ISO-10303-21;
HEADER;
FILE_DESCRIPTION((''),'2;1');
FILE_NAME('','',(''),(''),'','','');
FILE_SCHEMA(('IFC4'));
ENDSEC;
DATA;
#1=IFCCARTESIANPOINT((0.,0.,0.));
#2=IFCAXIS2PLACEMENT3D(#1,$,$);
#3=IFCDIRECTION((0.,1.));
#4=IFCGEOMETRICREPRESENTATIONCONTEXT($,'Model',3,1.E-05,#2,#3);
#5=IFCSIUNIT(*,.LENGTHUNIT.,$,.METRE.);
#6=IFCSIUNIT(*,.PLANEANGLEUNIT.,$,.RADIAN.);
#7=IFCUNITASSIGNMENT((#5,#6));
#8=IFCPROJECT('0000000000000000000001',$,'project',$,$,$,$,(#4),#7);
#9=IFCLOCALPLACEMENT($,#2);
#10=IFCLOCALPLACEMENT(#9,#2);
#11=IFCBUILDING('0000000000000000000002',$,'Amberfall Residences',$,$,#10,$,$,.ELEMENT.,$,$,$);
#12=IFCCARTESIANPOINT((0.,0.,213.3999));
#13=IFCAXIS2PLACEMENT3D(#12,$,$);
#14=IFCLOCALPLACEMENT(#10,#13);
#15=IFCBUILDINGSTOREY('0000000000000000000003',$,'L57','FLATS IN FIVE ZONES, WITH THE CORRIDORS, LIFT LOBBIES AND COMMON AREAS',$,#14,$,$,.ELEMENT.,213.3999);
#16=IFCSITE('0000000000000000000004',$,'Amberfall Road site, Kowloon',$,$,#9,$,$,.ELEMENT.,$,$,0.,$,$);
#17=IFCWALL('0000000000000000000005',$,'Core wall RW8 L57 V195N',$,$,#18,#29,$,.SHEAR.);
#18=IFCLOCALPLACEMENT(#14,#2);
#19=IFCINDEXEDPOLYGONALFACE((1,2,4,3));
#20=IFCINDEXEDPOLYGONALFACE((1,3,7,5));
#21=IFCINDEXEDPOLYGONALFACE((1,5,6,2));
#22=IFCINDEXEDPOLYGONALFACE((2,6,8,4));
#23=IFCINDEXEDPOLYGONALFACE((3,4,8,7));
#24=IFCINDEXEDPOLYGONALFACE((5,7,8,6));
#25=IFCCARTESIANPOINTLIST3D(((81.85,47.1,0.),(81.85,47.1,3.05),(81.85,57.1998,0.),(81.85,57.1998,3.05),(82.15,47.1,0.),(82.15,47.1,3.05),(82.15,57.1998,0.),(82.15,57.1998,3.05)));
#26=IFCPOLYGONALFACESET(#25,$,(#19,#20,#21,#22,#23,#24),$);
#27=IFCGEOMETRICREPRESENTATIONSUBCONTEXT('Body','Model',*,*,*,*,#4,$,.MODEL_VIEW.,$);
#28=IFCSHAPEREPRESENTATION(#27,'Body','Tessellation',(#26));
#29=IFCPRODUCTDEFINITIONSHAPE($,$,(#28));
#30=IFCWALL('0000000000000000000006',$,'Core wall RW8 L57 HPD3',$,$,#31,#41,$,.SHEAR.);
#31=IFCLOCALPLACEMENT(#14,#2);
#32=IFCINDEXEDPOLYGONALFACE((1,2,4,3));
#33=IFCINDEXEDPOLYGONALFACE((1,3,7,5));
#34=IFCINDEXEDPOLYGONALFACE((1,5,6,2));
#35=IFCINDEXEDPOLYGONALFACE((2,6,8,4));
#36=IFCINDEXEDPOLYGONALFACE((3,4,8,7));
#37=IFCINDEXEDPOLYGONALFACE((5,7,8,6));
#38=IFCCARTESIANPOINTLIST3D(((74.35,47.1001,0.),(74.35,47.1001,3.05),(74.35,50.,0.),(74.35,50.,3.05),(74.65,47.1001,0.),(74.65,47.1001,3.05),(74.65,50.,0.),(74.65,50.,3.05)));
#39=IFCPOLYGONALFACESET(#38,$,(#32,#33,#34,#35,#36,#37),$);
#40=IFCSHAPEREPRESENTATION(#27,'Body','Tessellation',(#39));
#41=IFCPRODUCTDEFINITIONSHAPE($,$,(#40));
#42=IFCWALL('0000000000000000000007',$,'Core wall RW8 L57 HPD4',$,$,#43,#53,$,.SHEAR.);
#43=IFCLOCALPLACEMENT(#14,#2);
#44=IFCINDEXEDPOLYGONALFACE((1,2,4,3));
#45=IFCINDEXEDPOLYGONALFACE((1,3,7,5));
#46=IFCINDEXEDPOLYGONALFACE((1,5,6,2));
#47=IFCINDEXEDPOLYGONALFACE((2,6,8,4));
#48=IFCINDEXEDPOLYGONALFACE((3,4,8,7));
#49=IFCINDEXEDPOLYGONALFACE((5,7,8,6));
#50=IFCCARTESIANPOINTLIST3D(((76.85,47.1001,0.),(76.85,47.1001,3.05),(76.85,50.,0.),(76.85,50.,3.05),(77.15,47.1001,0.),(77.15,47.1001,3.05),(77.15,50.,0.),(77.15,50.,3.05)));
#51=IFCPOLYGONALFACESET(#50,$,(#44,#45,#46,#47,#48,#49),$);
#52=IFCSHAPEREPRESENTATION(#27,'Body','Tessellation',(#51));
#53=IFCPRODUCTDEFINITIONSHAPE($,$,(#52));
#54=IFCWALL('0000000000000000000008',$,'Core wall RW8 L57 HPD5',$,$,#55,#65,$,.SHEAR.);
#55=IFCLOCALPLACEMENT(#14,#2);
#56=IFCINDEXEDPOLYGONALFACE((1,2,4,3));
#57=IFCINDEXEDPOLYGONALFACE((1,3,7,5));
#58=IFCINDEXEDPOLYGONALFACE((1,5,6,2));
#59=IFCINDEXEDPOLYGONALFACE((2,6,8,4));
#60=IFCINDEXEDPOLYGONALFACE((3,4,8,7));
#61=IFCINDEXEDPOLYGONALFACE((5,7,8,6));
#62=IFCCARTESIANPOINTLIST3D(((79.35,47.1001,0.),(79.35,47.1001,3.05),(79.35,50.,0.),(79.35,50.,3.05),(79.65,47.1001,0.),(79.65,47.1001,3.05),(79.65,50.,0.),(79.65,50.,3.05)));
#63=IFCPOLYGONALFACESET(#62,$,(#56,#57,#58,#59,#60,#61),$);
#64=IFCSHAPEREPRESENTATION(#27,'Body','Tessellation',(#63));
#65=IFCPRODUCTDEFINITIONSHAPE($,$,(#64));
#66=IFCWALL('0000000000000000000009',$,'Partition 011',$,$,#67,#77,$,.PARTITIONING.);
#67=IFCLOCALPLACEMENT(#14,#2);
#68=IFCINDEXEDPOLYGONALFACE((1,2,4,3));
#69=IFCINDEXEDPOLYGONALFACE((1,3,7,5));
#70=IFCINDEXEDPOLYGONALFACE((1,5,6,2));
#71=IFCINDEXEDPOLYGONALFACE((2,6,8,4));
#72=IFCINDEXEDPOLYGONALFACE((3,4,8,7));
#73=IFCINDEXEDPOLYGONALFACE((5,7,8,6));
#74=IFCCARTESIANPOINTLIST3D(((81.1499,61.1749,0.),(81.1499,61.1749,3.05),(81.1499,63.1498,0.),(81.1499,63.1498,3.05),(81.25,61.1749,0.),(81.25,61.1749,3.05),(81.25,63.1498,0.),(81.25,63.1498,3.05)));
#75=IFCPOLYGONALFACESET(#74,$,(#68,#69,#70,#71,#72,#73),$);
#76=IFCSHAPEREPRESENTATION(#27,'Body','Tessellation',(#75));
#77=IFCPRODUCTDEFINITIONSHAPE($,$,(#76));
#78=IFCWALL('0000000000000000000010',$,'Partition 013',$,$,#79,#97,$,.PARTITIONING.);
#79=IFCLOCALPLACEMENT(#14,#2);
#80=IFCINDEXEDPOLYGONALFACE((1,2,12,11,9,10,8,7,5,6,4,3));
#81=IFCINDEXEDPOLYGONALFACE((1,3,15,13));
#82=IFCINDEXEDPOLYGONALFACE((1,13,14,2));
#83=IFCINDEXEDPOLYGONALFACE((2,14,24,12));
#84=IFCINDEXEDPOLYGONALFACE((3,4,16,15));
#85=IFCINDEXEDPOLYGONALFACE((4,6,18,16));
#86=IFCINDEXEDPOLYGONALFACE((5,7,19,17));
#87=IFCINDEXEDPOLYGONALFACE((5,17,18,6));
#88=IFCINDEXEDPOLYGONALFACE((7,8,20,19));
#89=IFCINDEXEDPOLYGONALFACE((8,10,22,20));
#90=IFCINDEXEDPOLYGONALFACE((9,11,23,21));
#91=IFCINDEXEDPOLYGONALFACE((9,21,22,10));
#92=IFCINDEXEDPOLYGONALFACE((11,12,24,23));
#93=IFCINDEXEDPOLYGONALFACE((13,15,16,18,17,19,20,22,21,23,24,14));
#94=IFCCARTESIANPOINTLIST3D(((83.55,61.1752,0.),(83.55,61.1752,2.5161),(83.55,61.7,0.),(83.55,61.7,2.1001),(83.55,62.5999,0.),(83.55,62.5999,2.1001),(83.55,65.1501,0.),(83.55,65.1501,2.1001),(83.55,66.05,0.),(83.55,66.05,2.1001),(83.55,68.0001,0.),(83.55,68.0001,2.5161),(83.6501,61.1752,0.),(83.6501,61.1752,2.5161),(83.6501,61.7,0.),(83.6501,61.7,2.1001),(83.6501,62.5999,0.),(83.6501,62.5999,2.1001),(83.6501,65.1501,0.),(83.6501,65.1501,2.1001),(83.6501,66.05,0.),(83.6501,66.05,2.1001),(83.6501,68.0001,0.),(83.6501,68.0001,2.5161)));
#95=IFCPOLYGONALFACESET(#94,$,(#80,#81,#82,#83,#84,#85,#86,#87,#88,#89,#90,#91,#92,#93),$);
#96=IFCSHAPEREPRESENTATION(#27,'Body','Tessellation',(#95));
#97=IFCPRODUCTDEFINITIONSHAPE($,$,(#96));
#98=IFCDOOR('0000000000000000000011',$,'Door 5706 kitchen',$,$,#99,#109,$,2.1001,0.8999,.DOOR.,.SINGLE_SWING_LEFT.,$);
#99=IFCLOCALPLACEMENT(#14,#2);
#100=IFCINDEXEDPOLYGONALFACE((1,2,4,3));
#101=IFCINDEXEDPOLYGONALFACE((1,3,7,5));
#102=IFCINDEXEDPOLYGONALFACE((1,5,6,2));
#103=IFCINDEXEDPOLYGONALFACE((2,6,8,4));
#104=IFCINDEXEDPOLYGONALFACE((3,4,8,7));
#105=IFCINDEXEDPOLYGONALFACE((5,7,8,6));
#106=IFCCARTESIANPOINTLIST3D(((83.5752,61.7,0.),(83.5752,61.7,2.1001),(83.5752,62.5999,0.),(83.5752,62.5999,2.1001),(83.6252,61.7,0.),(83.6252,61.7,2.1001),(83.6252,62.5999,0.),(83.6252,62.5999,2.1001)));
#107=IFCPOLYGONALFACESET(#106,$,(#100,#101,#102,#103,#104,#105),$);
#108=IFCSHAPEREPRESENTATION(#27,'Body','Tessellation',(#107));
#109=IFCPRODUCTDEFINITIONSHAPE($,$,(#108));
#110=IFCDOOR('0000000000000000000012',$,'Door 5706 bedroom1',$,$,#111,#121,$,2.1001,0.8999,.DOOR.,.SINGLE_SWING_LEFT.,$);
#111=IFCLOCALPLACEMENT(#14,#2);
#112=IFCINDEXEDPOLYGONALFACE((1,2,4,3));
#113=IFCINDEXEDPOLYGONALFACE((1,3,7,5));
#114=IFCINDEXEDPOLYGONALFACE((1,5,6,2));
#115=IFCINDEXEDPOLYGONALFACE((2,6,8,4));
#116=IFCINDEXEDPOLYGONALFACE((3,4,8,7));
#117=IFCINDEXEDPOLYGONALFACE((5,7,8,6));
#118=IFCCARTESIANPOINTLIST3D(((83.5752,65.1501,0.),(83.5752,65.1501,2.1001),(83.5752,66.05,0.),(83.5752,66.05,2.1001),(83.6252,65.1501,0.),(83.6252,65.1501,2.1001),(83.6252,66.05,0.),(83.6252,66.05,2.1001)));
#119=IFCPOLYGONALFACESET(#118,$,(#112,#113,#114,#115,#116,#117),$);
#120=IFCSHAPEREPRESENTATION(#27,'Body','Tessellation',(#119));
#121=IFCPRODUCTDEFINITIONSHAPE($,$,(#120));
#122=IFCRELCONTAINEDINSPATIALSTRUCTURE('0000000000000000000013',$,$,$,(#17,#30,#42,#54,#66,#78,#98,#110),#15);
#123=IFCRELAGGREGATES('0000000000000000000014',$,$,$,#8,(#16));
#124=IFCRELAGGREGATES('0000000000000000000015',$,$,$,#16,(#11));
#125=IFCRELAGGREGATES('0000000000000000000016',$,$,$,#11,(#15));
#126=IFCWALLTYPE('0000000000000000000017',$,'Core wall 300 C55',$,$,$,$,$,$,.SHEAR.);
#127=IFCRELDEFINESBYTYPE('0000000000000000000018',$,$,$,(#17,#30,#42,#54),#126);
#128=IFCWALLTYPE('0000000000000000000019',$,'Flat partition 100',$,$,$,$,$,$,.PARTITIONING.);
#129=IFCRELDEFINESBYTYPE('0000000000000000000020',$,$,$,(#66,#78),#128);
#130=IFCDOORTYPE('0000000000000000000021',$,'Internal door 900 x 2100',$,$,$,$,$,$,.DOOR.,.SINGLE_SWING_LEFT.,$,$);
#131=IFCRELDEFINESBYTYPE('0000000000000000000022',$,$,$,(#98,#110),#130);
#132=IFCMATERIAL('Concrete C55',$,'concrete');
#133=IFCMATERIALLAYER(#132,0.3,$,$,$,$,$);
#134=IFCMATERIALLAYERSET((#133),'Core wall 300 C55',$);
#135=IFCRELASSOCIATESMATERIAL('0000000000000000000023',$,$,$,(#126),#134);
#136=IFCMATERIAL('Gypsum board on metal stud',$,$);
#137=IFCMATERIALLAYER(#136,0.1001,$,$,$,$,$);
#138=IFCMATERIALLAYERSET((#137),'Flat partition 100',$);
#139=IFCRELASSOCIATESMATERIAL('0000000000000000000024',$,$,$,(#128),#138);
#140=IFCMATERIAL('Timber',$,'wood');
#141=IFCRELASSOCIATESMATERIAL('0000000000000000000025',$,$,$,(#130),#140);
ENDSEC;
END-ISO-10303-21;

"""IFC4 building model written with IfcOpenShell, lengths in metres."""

from ifc_helpers import new_model, si_unit, direction, frame, frame_2d, origin, place, context, subcontext, project, spatial, rectangle, extrude, material, layer, layer_set, type_object, element, fill, save


model = new_model("IFC4")

# Units and contexts
model_context = context("Model", 3, precision=1e-05, world=origin(), true_north=direction((0.0, 1.0)))
body_context = subcontext(model_context, "Body", "Model", "MODEL_VIEW")
ifc_project = project(units=[si_unit("LENGTHUNIT", "METRE"), si_unit("PLANEANGLEUNIT", "RADIAN")], contexts=[model_context])

# Site, building, storey
site_placement = place(None, origin())
site = spatial("IfcSite", under=ifc_project, at=site_placement, Name="Amberfall Road site, Kowloon", CompositionType="ELEMENT", RefElevation=0.0)
building_placement = place(site_placement, origin())
building = spatial("IfcBuilding", under=site, at=building_placement, Name="Amberfall Residences", CompositionType="ELEMENT")
storey_placement = place(building_placement, frame((0.0, 0.0, 213.3999)))
storey = spatial("IfcBuildingStorey", under=building, at=storey_placement, Name="L57", Description="FLATS IN FIVE ZONES, WITH THE CORRIDORS, LIFT LOBBIES AND COMMON AREAS", CompositionType="ELEMENT", Elevation=213.3999)

# Walls
ifc_material_1 = material(Name="Concrete C55", Category="concrete")
ifc_layer_1 = layer(ifc_material_1, 0.3)
ifc_layer_set_1 = layer_set([ifc_layer_1], Name="Core wall 300 C55")
wall_type_1 = type_object("IfcWallType", Name="Core wall 300 C55", PredefinedType="SHEAR", material=ifc_layer_set_1)
wall_1_placement = place(storey_placement, frame((82.0, 47.1001, 0.0), z_axis=(0.0, 0.0, 1.0), x_axis=(0.0, 1.0, 0.0)))
element("IfcWall", 1, at=wall_1_placement, inside=storey, type_object=wall_type_1, Name="Core wall RW8 L57 V195N", PredefinedType="SHEAR", context=body_context, shape_type="SweptSolid", body=[
    extrude(rectangle(XDim=10.0999, YDim=0.3, at=frame_2d((5.0498, 0.0))), origin(), (0.0, 0.0, 1.0), 3.05),
])
for number, where, z_axis, x_axis, name in (
    (2, (74.5, 47.1001, 0.0), (0.0, 0.0, 1.0), (0.0, 1.0, 0.0), "Core wall RW8 L57 HPD3"),
    (3, (77.0, 47.1001, 0.0), (0.0, 0.0, 1.0), (0.0, 1.0, 0.0), "Core wall RW8 L57 HPD4"),
    (4, (79.5, 47.1001, 0.0), (0.0, 0.0, 1.0), (0.0, 1.0, 0.0), "Core wall RW8 L57 HPD5"),
):
    element("IfcWall", number, at=place(storey_placement, frame(where, z_axis=z_axis, x_axis=x_axis)), inside=storey, type_object=wall_type_1, Name=name, PredefinedType="SHEAR", context=body_context, shape_type="SweptSolid", body=[
        extrude(rectangle(XDim=2.8999, YDim=0.3, at=frame_2d((1.45, 0.0))), origin(), (0.0, 0.0, 1.0), 3.05),
    ])
ifc_material_2 = material(Name="Gypsum board on metal stud")
ifc_layer_2 = layer(ifc_material_2, 0.1001)
ifc_layer_set_2 = layer_set([ifc_layer_2], Name="Flat partition 100")
wall_type_2 = type_object("IfcWallType", Name="Flat partition 100", PredefinedType="PARTITIONING", material=ifc_layer_set_2)
wall_2_placement = place(storey_placement, frame((81.2, 61.175, 0.0), z_axis=(0.0, 0.0, 1.0), x_axis=(0.0, 1.0, 0.0)))
element("IfcWall", 5, at=wall_2_placement, inside=storey, type_object=wall_type_2, Name="Partition 011", PredefinedType="PARTITIONING", context=body_context, shape_type="SweptSolid", body=[
    extrude(rectangle(XDim=1.9749, YDim=0.1001, at=frame_2d((0.9873, 0.0))), origin(), (0.0, 0.0, 1.0), 3.05),
])

# Wall, openings, doors
wall_3_placement = place(storey_placement, frame((83.6001, 61.175, 0.0), z_axis=(0.0, 0.0, 1.0), x_axis=(0.0, 1.0, 0.0)))
wall_3 = element("IfcWall", 6, at=wall_3_placement, inside=storey, type_object=wall_type_2, Name="Partition 013", PredefinedType="PARTITIONING", context=body_context, shape_type="SweptSolid", body=[
    extrude(rectangle(XDim=6.825, YDim=0.1001, at=frame_2d((3.4126, 0.0))), origin(), (0.0, 0.0, 1.0), 2.5161),
])
opening_1_placement = place(wall_3_placement, frame((0.5249, 0.0, 0.0)))
opening_1 = element("IfcOpeningElement", 7, at=opening_1_placement, cuts=wall_3, PredefinedType="OPENING", context=body_context, shape_type="SweptSolid", body=[
    extrude(rectangle(XDim=0.8999, YDim=2.1001, at=frame_2d((0.45, 1.05))), frame((0.0, 0.0601, 0.0), z_axis=(0.0, -1.0, 0.0), x_axis=(1.0, 0.0, 0.0)), (0.0, 0.0, 1.0), 0.1201),
])
opening_2_placement = place(wall_3_placement, frame((3.9751, 0.0, 0.0)))
opening_2 = element("IfcOpeningElement", 8, at=opening_2_placement, cuts=wall_3, PredefinedType="OPENING", context=body_context, shape_type="SweptSolid", body=[
    extrude(rectangle(XDim=0.8999, YDim=2.1001, at=frame_2d((0.45, 1.05))), frame((0.0, 0.0601, 0.0), z_axis=(0.0, -1.0, 0.0), x_axis=(1.0, 0.0, 0.0)), (0.0, 0.0, 1.0), 0.1201),
])
ifc_material_3 = material(Name="Timber", Category="wood")
door_type_1 = type_object("IfcDoorType", Name="Internal door 900 x 2100", OperationType="SINGLE_SWING_LEFT", PredefinedType="DOOR", material=ifc_material_3)
door_1_placement = place(opening_1_placement, origin())
door_1 = element("IfcDoor", 9, at=door_1_placement, inside=storey, type_object=door_type_1, Name="Door 5706 kitchen", OperationType="SINGLE_SWING_LEFT", OverallHeight=2.1001, OverallWidth=0.8999, PredefinedType="DOOR", context=body_context, shape_type="SweptSolid", body=[
    extrude(rectangle(XDim=0.8999, YDim=2.1001, at=frame_2d((0.45, 1.05))), frame((0.0, 0.0249, 0.0), z_axis=(0.0, -1.0, 0.0), x_axis=(1.0, 0.0, 0.0)), (0.0, 0.0, 1.0), 0.05),
])
fill(opening_1, door_1)
door_2_placement = place(opening_2_placement, origin())
door_2 = element("IfcDoor", 10, at=door_2_placement, inside=storey, type_object=door_type_1, Name="Door 5706 bedroom1", OperationType="SINGLE_SWING_LEFT", OverallHeight=2.1001, OverallWidth=0.8999, PredefinedType="DOOR", context=body_context, shape_type="SweptSolid", body=[
    extrude(rectangle(XDim=0.8999, YDim=2.1001, at=frame_2d((0.45, 1.05))), frame((0.0, 0.0249, 0.0), z_axis=(0.0, -1.0, 0.0), x_axis=(1.0, 0.0, 0.0)), (0.0, 0.0, 1.0), 0.05),
])
fill(opening_2, door_2)

save(model, "model.ifc")
